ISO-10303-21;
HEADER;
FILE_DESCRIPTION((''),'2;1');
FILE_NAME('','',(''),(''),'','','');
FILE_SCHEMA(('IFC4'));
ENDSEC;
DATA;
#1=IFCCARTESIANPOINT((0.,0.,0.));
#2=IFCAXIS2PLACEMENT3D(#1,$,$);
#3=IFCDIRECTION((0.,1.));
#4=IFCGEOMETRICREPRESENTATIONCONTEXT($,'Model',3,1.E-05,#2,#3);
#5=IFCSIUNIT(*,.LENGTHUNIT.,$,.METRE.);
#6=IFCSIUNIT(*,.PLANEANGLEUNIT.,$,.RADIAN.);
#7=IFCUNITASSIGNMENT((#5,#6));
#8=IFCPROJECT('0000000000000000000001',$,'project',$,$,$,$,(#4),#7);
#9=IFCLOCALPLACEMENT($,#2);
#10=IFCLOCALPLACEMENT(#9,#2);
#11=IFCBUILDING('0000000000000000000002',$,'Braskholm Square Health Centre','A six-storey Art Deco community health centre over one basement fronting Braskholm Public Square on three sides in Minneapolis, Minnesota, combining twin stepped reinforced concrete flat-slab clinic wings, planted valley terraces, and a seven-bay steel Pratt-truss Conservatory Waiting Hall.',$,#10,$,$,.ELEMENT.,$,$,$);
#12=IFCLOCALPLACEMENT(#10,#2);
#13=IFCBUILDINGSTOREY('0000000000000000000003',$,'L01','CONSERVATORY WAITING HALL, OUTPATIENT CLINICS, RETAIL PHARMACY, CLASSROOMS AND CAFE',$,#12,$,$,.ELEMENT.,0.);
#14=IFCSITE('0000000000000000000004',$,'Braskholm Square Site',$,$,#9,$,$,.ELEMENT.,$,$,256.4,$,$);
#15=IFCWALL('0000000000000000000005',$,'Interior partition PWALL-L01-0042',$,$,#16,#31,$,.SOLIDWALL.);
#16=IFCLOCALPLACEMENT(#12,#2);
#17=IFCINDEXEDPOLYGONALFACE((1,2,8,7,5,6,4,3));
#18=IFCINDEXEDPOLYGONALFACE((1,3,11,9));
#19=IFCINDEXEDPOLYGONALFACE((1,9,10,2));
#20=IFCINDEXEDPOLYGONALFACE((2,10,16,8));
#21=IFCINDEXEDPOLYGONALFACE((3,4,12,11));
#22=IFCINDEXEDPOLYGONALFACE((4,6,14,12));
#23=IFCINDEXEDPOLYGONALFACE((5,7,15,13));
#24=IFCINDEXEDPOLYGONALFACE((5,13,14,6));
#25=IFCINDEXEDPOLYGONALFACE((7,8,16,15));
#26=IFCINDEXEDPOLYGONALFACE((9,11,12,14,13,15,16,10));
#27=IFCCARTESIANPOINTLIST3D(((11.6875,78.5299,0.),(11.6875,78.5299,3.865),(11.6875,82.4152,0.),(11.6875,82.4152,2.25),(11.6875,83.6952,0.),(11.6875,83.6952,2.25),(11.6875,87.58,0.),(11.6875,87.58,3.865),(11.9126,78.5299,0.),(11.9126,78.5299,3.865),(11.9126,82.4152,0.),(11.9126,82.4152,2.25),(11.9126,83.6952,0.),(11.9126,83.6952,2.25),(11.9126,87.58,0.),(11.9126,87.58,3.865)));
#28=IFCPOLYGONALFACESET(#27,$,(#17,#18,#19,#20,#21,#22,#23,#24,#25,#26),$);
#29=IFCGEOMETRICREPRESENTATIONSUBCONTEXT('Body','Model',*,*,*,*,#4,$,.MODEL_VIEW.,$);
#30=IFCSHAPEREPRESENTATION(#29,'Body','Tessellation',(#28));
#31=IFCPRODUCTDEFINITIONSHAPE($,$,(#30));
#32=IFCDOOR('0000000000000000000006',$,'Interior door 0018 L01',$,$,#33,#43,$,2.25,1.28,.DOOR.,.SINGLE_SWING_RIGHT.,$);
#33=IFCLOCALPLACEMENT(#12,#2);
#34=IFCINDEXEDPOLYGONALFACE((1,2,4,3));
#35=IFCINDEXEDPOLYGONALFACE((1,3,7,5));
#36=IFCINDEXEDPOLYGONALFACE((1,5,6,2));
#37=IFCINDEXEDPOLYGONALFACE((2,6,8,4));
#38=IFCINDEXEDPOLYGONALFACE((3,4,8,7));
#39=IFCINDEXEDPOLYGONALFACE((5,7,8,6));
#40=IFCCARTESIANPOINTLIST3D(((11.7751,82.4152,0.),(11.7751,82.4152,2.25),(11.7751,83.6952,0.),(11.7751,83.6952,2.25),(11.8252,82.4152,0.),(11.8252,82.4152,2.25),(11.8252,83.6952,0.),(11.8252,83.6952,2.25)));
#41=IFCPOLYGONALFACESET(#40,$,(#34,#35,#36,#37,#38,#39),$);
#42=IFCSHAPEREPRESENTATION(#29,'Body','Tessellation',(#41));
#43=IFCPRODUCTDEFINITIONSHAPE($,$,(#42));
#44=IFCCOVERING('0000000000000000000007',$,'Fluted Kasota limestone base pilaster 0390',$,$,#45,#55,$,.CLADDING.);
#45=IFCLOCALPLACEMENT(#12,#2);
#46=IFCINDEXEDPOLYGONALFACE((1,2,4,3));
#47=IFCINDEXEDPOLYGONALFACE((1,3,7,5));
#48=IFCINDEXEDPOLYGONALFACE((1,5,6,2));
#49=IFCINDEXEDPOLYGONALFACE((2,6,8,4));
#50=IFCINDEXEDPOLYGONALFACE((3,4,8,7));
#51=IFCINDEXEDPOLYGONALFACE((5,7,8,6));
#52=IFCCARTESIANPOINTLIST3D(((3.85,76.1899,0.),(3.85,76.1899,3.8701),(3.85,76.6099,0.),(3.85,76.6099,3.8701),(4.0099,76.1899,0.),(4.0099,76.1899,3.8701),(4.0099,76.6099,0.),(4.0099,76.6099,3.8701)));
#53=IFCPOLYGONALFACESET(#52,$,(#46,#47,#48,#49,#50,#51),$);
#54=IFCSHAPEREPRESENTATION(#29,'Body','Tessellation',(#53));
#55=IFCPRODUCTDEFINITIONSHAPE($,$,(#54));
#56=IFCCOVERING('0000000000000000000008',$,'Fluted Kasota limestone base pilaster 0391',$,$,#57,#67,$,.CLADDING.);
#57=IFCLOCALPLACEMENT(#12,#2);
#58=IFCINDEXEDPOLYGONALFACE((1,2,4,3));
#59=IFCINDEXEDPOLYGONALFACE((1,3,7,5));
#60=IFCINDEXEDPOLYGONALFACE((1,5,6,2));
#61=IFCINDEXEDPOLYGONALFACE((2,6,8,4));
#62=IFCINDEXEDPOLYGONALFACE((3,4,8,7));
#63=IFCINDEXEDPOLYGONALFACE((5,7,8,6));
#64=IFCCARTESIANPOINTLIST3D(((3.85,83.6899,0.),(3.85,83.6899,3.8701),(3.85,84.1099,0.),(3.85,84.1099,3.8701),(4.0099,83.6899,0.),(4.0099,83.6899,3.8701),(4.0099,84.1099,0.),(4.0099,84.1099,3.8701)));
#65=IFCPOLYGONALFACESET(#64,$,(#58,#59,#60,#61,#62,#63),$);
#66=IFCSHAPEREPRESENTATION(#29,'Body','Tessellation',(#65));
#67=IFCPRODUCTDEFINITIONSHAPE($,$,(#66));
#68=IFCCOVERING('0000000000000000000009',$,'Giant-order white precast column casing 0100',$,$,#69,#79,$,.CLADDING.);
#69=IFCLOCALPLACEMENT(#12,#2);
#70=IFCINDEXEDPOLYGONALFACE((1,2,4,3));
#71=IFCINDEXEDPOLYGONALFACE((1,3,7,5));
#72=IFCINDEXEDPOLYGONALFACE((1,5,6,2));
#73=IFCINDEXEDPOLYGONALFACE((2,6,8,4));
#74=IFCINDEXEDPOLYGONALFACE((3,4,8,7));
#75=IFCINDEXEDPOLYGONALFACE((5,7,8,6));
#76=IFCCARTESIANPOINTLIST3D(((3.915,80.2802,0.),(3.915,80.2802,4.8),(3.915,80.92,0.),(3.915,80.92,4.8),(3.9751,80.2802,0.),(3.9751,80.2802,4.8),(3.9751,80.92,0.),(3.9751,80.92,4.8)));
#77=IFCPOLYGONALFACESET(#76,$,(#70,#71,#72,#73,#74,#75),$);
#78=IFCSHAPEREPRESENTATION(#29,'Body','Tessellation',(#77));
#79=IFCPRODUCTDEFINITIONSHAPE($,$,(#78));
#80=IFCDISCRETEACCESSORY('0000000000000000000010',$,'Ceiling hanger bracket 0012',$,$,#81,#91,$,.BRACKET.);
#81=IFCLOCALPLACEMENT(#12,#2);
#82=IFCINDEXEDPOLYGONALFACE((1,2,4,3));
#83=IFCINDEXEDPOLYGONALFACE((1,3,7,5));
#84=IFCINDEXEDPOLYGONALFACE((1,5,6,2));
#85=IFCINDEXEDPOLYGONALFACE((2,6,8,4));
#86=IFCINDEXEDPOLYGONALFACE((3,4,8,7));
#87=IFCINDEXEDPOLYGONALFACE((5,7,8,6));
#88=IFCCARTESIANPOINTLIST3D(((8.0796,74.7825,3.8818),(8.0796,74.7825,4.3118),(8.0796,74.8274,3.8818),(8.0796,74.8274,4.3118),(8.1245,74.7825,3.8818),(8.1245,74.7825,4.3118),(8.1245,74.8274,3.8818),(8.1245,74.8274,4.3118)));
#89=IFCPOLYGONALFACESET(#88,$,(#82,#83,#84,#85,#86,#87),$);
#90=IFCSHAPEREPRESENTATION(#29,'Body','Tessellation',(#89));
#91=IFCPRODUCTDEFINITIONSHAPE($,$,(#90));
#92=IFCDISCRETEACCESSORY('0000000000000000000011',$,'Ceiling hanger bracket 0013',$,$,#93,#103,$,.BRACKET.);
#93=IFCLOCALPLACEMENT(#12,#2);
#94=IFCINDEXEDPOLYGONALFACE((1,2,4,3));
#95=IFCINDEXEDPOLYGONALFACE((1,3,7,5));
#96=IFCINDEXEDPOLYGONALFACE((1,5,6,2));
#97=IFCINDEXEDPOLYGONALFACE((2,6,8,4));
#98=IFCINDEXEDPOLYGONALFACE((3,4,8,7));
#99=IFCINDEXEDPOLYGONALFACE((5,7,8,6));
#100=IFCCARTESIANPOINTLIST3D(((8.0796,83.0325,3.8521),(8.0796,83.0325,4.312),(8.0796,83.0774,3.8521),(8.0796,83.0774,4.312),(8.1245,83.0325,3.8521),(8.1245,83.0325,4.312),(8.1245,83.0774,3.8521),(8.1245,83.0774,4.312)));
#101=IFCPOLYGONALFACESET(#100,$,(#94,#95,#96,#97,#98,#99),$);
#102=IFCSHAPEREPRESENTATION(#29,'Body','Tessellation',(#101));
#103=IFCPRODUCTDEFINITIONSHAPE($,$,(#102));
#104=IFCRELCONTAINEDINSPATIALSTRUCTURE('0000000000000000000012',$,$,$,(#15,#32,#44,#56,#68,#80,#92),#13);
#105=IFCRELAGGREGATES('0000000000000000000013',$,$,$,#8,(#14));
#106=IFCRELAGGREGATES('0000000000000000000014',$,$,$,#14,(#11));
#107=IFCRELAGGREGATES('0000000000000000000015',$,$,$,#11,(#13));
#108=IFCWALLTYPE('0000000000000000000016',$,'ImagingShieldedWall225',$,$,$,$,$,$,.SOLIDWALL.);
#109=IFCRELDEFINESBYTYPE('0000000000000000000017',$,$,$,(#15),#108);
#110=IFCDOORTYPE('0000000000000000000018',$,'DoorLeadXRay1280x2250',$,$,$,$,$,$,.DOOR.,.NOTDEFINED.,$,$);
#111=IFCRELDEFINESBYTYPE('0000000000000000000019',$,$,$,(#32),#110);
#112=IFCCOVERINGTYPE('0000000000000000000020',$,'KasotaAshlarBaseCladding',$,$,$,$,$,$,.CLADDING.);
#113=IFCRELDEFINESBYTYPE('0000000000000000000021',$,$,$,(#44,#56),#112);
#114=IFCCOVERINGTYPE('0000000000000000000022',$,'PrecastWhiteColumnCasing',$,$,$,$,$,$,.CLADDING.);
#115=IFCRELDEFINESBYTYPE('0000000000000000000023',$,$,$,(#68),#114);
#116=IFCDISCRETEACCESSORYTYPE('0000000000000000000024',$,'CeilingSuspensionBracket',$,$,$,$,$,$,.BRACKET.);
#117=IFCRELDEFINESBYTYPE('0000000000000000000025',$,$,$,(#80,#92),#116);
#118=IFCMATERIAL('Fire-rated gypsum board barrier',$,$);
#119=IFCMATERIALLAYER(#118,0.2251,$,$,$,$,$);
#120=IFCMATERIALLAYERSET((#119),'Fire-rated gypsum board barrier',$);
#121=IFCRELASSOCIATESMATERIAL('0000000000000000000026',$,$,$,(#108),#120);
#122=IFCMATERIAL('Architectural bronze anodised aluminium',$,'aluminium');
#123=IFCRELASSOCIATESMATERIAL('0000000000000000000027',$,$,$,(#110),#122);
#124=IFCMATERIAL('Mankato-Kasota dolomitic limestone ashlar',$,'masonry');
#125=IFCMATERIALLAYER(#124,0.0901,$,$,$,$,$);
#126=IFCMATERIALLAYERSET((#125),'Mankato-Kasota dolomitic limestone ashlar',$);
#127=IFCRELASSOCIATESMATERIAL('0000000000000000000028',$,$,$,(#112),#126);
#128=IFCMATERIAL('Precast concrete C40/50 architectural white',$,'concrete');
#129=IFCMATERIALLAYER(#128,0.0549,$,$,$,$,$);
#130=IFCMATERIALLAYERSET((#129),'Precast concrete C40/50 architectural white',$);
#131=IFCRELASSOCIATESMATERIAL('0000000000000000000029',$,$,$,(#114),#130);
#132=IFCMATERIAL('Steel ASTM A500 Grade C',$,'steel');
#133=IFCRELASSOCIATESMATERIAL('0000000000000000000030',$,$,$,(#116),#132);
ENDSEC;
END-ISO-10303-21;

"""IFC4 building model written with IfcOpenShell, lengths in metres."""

from ifc_helpers import new_model, si_unit, direction, frame, frame_2d, origin, origin_with_axes, origin_2d, place, context, subcontext, project, spatial, rectangle, extrude, material, layer, layer_set, type_object, element, fill, save


model = new_model("IFC4")

# Units and contexts
model_context = context("Model", 3, precision=1e-05, world=origin(), true_north=direction((0.0, 1.0)))
body_context = subcontext(model_context, "Body", "Model", "MODEL_VIEW")
ifc_project = project(units=[si_unit("LENGTHUNIT", "METRE"), si_unit("PLANEANGLEUNIT", "RADIAN")], contexts=[model_context])

# Site, building, storey
site_placement = place(None, origin())
site = spatial("IfcSite", under=ifc_project, at=site_placement, Name="Braskholm Square Site", CompositionType="ELEMENT", RefElevation=256.4)
building_placement = place(site_placement, origin())
building = spatial("IfcBuilding", under=site, at=building_placement, Name="Braskholm Square Health Centre", Description="A six-storey Art Deco community health centre over one basement fronting Braskholm Public Square on three sides in Minneapolis, Minnesota, combining twin stepped reinforced concrete flat-slab clinic wings, planted valley terraces, and a seven-bay steel Pratt-truss Conservatory Waiting Hall.", CompositionType="ELEMENT")
storey_placement = place(building_placement, origin())
storey = spatial("IfcBuildingStorey", under=building, at=storey_placement, Name="L01", Description="CONSERVATORY WAITING HALL, OUTPATIENT CLINICS, RETAIL PHARMACY, CLASSROOMS AND CAFE", CompositionType="ELEMENT", Elevation=0.0)

# Shared definitions
ifc_material_1 = material(Name="Precast concrete C40/50 architectural white", Category="concrete")

# Shared definitions
ifc_material_2 = material(Name="Architectural bronze anodised aluminium", Category="aluminium")

# Shared definitions
ifc_material_3 = material(Name="Mankato-Kasota dolomitic limestone ashlar", Category="masonry")

# Wall, opening, door
ifc_material_4 = material(Name="Fire-rated gypsum board barrier")
ifc_layer_1 = layer(ifc_material_4, 0.2251)
ifc_layer_set_1 = layer_set([ifc_layer_1], Name="Fire-rated gypsum board barrier")
wall_type_1 = type_object("IfcWallType", Name="ImagingShieldedWall225", PredefinedType="SOLIDWALL", material=ifc_layer_set_1)
wall_1_placement = place(storey_placement, frame((11.8, 78.53, 0.0), z_axis=(0.0, 0.0, 1.0), x_axis=(0.0, 1.0, 0.0)))
wall_1 = element("IfcWall", 1, at=wall_1_placement, inside=storey, type_object=wall_type_1, Name="Interior partition PWALL-L01-0042", PredefinedType="SOLIDWALL", context=body_context, shape_type="SweptSolid", body=[
    extrude(rectangle(XDim=9.05, YDim=0.2251, at=frame_2d((4.5249, 0.0))), origin(), (0.0, 0.0, 1.0), 3.865),
])
opening_1_placement = place(wall_1_placement, frame((3.885, 0.0, 0.0)))
opening_1 = element("IfcOpeningElement", 2, at=opening_1_placement, cuts=wall_1, PredefinedType="OPENING", context=body_context, shape_type="SweptSolid", body=[
    extrude(rectangle(XDim=1.28, YDim=2.25, at=frame_2d((0.6401, 1.125))), frame((0.0, 0.1226, 0.0), z_axis=(0.0, -1.0, 0.0), x_axis=(1.0, 0.0, 0.0)), (0.0, 0.0, 1.0), 0.2451),
])
door_type_1 = type_object("IfcDoorType", Name="DoorLeadXRay1280x2250", OperationType="NOTDEFINED", PredefinedType="DOOR", material=ifc_material_2)
door_1_placement = place(opening_1_placement, origin_with_axes())
door_1 = element("IfcDoor", 3, at=door_1_placement, inside=storey, type_object=door_type_1, Name="Interior door 0018 L01", OperationType="SINGLE_SWING_RIGHT", OverallHeight=2.25, OverallWidth=1.28, PredefinedType="DOOR", context=body_context, shape_type="SweptSolid", body=[
    extrude(rectangle(XDim=1.28, YDim=2.25, at=frame_2d((0.6401, 1.125))), frame((0.0, 0.0249, 0.0), z_axis=(0.0, -1.0, 0.0), x_axis=(1.0, 0.0, 0.0)), (0.0, 0.0, 1.0), 0.05),
])
fill(opening_1, door_1)

# Coverings
ifc_layer_2 = layer(ifc_material_3, 0.0901)
ifc_layer_set_2 = layer_set([ifc_layer_2], Name="Mankato-Kasota dolomitic limestone ashlar")
covering_type_1 = type_object("IfcCoveringType", Name="KasotaAshlarBaseCladding", PredefinedType="CLADDING", material=ifc_layer_set_2)
for number, where, z_axis, x_axis, name in (
    (4, (3.9299, 76.3999, 0.0), (0.0, 0.0, 1.0), (1.0, 0.0, 0.0), "Fluted Kasota limestone base pilaster 0390"),
    (5, (3.9299, 83.8999, 0.0), (0.0, 0.0, 1.0), (1.0, 0.0, 0.0), "Fluted Kasota limestone base pilaster 0391"),
):
    element("IfcCovering", number, at=place(storey_placement, frame(where, z_axis=z_axis, x_axis=x_axis)), inside=storey, type_object=covering_type_1, Name=name, PredefinedType="CLADDING", context=body_context, shape_type="SweptSolid", body=[
        extrude(rectangle(XDim=0.1599, YDim=0.4199, at=origin_2d()), origin(), (0.0, 0.0, 1.0), 3.8701),
    ])
ifc_layer_3 = layer(ifc_material_1, 0.0549)
ifc_layer_set_3 = layer_set([ifc_layer_3], Name="Precast concrete C40/50 architectural white")
covering_type_2 = type_object("IfcCoveringType", Name="PrecastWhiteColumnCasing", PredefinedType="CLADDING", material=ifc_layer_set_3)
covering_placement = place(storey_placement, frame((3.9451, 80.6001, 0.0), z_axis=(0.0, 0.0, 1.0), x_axis=(1.0, 0.0, 0.0)))
element("IfcCovering", 6, at=covering_placement, inside=storey, type_object=covering_type_2, Name="Giant-order white precast column casing 0100", PredefinedType="CLADDING", context=body_context, shape_type="SweptSolid", body=[
    extrude(rectangle(XDim=0.0601, YDim=0.6399, at=origin_2d()), origin(), (0.0, 0.0, 1.0), 4.8),
])

# Discrete accessories
ifc_material_5 = material(Name="Steel ASTM A500 Grade C", Category="steel")
discrete_accessory_type = type_object("IfcDiscreteAccessoryType", Name="CeilingSuspensionBracket", PredefinedType="BRACKET", material=ifc_material_5)
discrete_accessory_1_placement = place(storey_placement, frame((8.1021, 74.8049, 3.8818), z_axis=(0.0, 0.0, 1.0), x_axis=(1.0, 0.0, 0.0)))
element("IfcDiscreteAccessory", 7, at=discrete_accessory_1_placement, inside=storey, type_object=discrete_accessory_type, Name="Ceiling hanger bracket 0012", PredefinedType="BRACKET", context=body_context, shape_type="SweptSolid", body=[
    extrude(rectangle(XDim=0.0449, YDim=0.0449, at=origin_2d()), origin(), (0.0, 0.0, 1.0), 0.4299),
])
discrete_accessory_2_placement = place(storey_placement, frame((8.1021, 83.0549, 3.8521), z_axis=(0.0, 0.0, 1.0), x_axis=(1.0, 0.0, 0.0)))
element("IfcDiscreteAccessory", 8, at=discrete_accessory_2_placement, inside=storey, type_object=discrete_accessory_type, Name="Ceiling hanger bracket 0013", PredefinedType="BRACKET", context=body_context, shape_type="SweptSolid", body=[
    extrude(rectangle(XDim=0.0449, YDim=0.0449, at=origin_2d()), origin(), (0.0, 0.0, 1.0), 0.46),
])

save(model, "model.ifc")
